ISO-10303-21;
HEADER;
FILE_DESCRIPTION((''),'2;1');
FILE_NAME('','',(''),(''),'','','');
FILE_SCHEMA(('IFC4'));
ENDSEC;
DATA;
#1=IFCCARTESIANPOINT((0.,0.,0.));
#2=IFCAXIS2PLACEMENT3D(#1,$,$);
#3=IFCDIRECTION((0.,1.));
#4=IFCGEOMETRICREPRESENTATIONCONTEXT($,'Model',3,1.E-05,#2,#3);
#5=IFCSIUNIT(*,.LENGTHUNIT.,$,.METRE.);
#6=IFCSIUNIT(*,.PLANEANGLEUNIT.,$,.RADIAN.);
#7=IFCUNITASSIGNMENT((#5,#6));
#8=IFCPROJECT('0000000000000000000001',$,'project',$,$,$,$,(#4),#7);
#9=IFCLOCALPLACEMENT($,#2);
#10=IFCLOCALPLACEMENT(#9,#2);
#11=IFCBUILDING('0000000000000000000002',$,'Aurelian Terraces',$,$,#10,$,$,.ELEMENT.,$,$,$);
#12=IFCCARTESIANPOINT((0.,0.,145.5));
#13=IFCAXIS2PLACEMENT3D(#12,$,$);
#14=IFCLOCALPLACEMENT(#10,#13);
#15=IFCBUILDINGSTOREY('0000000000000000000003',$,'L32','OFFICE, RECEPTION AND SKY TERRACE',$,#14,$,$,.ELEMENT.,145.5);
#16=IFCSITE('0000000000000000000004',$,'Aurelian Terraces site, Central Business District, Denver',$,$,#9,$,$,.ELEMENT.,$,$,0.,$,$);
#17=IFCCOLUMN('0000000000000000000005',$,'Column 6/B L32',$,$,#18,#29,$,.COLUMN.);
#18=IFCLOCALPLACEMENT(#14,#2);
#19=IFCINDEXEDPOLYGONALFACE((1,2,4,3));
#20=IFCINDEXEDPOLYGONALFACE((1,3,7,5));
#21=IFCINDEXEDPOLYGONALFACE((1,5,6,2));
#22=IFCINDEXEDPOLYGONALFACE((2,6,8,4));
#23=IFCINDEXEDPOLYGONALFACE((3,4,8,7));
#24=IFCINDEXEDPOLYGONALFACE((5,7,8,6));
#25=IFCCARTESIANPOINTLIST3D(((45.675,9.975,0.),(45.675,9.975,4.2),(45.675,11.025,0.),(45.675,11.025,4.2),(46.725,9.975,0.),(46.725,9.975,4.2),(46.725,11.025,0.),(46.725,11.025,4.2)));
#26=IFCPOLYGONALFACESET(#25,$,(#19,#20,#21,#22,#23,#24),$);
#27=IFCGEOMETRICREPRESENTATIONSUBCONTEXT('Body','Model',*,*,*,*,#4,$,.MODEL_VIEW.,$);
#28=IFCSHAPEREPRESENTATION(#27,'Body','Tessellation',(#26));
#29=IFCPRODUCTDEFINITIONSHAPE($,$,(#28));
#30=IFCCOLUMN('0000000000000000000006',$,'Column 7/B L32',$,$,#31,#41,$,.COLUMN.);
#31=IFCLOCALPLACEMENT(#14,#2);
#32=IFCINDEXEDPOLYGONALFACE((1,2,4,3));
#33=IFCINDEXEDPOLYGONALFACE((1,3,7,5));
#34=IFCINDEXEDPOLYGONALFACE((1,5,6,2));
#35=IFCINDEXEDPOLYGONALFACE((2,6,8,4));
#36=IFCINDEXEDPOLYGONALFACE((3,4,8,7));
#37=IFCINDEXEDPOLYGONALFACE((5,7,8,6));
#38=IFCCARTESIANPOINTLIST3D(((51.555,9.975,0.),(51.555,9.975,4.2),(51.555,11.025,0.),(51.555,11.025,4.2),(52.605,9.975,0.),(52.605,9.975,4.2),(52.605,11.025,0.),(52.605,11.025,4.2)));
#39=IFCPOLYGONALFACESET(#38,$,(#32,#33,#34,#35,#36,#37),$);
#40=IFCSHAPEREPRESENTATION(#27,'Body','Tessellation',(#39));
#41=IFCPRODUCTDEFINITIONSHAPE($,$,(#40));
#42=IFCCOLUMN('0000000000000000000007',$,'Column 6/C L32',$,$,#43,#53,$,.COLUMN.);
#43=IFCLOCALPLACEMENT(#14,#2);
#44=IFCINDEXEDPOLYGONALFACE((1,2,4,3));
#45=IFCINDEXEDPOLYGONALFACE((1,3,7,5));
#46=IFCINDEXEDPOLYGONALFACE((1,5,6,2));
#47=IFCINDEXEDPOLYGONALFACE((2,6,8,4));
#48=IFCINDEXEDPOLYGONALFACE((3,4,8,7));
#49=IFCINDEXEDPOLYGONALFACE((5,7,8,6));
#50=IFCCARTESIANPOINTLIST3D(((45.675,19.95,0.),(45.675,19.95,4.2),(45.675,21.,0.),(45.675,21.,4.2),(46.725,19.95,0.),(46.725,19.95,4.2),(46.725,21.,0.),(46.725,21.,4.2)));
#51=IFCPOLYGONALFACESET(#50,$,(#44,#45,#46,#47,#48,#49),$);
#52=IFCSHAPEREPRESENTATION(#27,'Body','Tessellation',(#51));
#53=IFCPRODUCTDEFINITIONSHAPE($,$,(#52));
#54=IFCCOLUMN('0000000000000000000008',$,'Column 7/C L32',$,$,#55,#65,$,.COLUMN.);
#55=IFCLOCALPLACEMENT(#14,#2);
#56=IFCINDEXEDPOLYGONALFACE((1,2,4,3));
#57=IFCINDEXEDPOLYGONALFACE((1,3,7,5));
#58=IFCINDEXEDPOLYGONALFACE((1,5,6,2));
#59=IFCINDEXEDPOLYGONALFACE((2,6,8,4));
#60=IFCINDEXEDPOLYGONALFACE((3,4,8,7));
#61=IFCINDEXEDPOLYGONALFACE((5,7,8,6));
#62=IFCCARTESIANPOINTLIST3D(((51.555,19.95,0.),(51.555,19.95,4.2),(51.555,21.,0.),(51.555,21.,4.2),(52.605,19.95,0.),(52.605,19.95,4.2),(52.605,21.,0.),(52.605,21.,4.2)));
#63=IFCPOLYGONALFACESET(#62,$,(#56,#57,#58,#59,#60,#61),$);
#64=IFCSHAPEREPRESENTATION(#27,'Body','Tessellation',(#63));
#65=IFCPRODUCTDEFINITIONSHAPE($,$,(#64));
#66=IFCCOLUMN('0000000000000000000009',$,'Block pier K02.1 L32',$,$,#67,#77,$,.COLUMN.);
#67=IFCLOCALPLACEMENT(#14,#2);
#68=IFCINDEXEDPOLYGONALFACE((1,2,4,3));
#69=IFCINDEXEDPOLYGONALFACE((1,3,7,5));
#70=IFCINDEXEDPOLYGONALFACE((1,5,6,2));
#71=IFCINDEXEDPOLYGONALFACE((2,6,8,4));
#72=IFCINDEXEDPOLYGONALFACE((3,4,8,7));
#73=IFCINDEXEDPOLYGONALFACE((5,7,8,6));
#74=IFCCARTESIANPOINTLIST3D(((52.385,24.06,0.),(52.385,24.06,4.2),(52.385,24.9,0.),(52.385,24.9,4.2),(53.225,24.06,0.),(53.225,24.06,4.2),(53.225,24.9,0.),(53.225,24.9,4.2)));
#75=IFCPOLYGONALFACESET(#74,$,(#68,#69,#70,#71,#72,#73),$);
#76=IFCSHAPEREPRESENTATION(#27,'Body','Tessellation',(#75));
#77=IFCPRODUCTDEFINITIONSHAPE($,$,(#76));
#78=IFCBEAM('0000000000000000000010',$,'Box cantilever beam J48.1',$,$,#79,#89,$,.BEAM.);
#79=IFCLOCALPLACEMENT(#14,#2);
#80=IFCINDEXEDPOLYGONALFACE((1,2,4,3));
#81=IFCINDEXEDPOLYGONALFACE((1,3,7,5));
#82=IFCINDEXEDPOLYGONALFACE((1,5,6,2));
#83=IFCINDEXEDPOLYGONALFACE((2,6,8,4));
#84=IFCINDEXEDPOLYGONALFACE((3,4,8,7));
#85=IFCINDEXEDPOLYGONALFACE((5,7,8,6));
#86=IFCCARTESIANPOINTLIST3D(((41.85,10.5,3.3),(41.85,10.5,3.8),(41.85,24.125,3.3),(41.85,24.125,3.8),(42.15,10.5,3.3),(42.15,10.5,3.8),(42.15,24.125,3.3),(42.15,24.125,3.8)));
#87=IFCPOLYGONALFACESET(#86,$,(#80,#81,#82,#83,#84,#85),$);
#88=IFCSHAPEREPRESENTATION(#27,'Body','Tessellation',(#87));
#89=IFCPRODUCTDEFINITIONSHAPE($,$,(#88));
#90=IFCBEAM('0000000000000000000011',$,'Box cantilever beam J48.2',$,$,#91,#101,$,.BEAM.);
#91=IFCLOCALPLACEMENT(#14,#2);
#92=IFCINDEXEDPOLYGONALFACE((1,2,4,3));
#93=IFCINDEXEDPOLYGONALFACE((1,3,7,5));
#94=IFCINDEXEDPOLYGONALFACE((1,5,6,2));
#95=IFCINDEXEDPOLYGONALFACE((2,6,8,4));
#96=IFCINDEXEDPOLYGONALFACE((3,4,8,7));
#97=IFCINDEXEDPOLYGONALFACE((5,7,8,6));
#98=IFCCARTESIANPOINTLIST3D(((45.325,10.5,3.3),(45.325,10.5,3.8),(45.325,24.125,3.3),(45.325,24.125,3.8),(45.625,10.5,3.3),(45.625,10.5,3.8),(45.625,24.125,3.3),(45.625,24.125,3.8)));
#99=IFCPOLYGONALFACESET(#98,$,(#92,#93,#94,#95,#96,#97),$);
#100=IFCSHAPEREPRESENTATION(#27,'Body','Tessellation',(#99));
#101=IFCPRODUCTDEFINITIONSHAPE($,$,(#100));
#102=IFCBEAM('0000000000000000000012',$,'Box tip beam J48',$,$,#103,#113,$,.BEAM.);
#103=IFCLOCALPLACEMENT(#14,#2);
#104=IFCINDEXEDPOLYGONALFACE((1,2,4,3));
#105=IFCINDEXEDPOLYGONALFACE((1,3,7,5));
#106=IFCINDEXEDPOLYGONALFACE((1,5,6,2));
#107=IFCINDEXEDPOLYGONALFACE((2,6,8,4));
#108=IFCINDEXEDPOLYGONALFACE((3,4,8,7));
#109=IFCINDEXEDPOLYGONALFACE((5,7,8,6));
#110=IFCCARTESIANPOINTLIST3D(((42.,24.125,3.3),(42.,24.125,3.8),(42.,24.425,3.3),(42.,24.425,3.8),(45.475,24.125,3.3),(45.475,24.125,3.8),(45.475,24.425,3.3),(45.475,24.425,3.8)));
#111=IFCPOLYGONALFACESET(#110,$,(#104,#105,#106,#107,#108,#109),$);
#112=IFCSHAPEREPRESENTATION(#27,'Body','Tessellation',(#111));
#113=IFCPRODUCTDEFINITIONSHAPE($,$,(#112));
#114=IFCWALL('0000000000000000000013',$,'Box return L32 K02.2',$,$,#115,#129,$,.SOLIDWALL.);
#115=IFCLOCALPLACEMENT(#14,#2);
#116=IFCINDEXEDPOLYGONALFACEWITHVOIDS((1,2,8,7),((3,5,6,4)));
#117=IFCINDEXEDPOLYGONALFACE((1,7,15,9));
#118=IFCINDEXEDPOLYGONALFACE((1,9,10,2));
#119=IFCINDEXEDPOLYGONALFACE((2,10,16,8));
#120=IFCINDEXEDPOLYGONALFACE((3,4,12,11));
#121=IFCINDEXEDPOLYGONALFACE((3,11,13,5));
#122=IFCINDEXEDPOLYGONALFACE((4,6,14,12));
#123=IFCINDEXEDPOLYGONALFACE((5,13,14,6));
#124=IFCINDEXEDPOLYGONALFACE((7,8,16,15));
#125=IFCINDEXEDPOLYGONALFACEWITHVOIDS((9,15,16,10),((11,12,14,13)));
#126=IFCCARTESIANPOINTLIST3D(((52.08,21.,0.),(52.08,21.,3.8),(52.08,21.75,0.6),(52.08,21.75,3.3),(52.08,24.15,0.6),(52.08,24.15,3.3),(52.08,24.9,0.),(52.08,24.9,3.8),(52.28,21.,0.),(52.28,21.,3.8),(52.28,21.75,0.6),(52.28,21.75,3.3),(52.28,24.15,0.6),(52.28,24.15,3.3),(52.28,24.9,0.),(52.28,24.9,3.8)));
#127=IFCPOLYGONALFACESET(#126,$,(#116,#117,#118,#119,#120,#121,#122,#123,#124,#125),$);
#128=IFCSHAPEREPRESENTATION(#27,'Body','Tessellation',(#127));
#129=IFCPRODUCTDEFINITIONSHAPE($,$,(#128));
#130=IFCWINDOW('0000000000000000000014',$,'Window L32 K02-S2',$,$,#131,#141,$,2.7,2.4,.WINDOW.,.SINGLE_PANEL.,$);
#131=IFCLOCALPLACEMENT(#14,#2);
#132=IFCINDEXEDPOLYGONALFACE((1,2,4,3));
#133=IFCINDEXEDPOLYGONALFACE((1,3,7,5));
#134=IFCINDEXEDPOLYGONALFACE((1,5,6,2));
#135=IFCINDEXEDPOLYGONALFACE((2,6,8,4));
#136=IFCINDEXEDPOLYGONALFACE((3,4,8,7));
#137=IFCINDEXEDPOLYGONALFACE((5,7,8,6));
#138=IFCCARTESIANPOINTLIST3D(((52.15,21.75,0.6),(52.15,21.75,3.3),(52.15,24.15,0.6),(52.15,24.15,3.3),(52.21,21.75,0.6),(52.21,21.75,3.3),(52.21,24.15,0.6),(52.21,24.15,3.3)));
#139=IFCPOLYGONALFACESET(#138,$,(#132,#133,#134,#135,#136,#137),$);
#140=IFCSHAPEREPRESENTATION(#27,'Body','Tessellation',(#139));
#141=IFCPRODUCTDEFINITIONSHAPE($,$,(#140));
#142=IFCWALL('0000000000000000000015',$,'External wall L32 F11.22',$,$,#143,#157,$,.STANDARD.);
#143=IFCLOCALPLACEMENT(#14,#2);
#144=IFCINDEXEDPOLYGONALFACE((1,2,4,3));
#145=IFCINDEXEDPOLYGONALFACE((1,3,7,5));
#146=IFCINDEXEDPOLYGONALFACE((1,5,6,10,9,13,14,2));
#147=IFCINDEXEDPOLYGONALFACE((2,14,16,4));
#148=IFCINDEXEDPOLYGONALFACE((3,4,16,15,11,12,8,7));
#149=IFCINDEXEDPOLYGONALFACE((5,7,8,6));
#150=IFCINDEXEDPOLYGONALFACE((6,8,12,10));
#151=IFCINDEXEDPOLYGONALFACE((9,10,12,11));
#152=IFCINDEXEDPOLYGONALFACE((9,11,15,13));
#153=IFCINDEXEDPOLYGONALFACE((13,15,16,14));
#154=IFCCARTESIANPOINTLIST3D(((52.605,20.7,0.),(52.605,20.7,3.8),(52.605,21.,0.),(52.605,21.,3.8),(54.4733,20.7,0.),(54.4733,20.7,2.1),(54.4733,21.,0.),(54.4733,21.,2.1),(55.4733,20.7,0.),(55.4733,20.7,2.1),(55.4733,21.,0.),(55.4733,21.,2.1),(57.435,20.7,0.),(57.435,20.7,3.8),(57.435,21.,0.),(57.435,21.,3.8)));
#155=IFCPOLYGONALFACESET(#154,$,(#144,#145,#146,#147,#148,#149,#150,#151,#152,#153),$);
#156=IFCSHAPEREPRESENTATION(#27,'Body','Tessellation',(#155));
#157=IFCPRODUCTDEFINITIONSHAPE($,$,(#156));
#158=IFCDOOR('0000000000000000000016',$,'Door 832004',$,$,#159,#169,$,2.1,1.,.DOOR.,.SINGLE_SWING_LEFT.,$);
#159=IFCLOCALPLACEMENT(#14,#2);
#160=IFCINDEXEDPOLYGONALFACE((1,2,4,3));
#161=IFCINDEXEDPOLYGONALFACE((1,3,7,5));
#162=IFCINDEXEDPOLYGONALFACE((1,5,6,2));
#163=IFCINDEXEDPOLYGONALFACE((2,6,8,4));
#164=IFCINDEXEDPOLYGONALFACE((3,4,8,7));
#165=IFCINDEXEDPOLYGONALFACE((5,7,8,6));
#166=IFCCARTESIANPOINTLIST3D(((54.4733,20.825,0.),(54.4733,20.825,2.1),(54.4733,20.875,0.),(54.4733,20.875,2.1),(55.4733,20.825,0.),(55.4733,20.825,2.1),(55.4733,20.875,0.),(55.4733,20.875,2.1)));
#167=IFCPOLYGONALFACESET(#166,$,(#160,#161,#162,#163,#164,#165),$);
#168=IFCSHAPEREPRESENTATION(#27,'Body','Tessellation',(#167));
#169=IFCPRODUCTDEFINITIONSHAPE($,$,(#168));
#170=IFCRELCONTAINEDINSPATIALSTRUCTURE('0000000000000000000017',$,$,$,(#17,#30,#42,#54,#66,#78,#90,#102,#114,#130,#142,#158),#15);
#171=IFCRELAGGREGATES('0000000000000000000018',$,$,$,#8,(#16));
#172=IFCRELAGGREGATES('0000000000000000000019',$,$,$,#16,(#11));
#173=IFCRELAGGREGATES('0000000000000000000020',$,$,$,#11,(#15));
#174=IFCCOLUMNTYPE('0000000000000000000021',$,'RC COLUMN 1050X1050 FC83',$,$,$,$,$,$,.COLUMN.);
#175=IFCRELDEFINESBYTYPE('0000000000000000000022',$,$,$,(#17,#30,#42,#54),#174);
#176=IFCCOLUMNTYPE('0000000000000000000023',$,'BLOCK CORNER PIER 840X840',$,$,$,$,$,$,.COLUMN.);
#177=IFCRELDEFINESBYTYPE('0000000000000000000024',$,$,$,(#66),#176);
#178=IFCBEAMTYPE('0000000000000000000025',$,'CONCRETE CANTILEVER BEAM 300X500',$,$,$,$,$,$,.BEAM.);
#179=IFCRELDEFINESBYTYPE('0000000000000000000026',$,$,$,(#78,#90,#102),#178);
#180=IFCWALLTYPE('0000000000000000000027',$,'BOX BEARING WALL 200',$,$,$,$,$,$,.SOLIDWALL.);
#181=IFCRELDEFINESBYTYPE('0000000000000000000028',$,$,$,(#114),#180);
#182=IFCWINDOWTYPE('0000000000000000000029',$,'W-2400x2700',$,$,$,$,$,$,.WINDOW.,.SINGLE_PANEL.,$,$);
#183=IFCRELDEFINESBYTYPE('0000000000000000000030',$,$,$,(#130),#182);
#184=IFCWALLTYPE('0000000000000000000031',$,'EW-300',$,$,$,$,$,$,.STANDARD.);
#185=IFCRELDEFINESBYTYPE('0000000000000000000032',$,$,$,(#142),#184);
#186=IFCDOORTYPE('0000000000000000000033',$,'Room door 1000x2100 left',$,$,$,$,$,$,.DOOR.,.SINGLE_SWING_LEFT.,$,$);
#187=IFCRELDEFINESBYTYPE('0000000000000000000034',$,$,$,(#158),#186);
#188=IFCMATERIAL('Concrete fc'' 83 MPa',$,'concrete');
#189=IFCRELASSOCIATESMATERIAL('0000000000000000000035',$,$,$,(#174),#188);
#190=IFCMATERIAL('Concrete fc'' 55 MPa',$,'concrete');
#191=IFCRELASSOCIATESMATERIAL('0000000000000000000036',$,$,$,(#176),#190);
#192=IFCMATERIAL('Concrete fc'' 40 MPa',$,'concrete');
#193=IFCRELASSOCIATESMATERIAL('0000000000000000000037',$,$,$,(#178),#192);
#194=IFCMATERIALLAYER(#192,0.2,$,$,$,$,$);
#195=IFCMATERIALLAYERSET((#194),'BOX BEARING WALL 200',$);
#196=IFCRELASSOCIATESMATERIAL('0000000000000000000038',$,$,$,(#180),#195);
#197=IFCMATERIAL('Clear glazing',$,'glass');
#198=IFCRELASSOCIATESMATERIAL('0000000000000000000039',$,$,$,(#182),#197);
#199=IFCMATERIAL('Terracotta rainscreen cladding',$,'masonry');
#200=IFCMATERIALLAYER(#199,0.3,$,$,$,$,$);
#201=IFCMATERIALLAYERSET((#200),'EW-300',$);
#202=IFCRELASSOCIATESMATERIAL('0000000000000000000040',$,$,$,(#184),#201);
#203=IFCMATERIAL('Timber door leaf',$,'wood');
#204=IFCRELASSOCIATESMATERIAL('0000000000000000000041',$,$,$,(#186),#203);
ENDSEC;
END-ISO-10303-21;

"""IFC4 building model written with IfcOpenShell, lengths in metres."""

from ifc_helpers import new_model, si_unit, direction, frame, frame_2d, origin, origin_2d, place, context, subcontext, project, spatial, rectangle, extrude, source, transform, mapped, material, layer, layer_set, material_profile, profile_set, type_object, element, fill, save


model = new_model("IFC4")

# Units and contexts
model_context = context("Model", 3, precision=1e-05, world=origin(), true_north=direction((0.0, 1.0)))
body_context = subcontext(model_context, "Body", "Model", "MODEL_VIEW")
ifc_project = project(units=[si_unit("LENGTHUNIT", "METRE"), si_unit("PLANEANGLEUNIT", "RADIAN")], contexts=[model_context])

# Site, building, storey
site_placement = place(None, origin())
site = spatial("IfcSite", under=ifc_project, at=site_placement, Name="Aurelian Terraces site, Central Business District, Denver", CompositionType="ELEMENT", RefElevation=0.0)
building_placement = place(site_placement, origin())
building = spatial("IfcBuilding", under=site, at=building_placement, Name="Aurelian Terraces", CompositionType="ELEMENT")
storey_placement = place(building_placement, frame((0.0, 0.0, 145.5)))
storey = spatial("IfcBuildingStorey", under=building, at=storey_placement, Name="L32", Description="OFFICE, RECEPTION AND SKY TERRACE", CompositionType="ELEMENT", Elevation=145.5)

# Columns
ifc_material_1 = material(Name="Concrete fc' 83 MPa", Category="concrete")
ifc_material_profile_1 = material_profile(ifc_material_1, rectangle(XDim=1.05, YDim=1.05, at=origin_2d()))
ifc_profile_set_1 = profile_set([ifc_material_profile_1], Name="Concrete fc' 83 MPa")
column_type_1 = type_object("IfcColumnType", Name="RC COLUMN 1050X1050 FC83", PredefinedType="COLUMN", material=ifc_profile_set_1)
shared_shape_1 = source(origin(), body_context, "Body", "SweptSolid", [
    extrude(rectangle(XDim=1.05, YDim=1.05, at=origin_2d()), origin(), (0.0, 0.0, 1.0), 4.2),
])
for number, where, z_axis, x_axis, name in (
    (1, (46.2, 10.5, 0.0), (0.0, 0.0, 1.0), (1.0, 0.0, 0.0), "Column 6/B L32"),
    (2, (52.08, 10.5, 0.0), (0.0, 0.0, 1.0), (1.0, 0.0, 0.0), "Column 7/B L32"),
    (3, (46.2, 20.475, 0.0), (0.0, 0.0, 1.0), (1.0, 0.0, 0.0), "Column 6/C L32"),
    (4, (52.08, 20.475, 0.0), (0.0, 0.0, 1.0), (1.0, 0.0, 0.0), "Column 7/C L32"),
):
    element("IfcColumn", number, at=place(storey_placement, frame(where, z_axis=z_axis, x_axis=x_axis)), inside=storey, type_object=column_type_1, Name=name, PredefinedType="COLUMN", context=body_context, shape_type="MappedRepresentation", body=[
        mapped(shared_shape_1, transform((0.0, 0.0, 0.0), scale=1.0)),
    ])
ifc_material_2 = material(Name="Concrete fc' 55 MPa", Category="concrete")
ifc_material_profile_2 = material_profile(ifc_material_2, rectangle(XDim=0.84, YDim=0.84, at=origin_2d()))
ifc_profile_set_2 = profile_set([ifc_material_profile_2], Name="Concrete fc' 55 MPa")
column_type_2 = type_object("IfcColumnType", Name="BLOCK CORNER PIER 840X840", PredefinedType="COLUMN", material=ifc_profile_set_2)
shared_shape_2 = source(origin(), body_context, "Body", "SweptSolid", [
    extrude(rectangle(XDim=0.84, YDim=0.84, at=origin_2d()), origin(), (0.0, 0.0, 1.0), 4.2),
])
column_placement = place(storey_placement, frame((52.805, 24.48, 0.0), z_axis=(0.0, 0.0, 1.0), x_axis=(1.0, 0.0, 0.0)))
element("IfcColumn", 5, at=column_placement, inside=storey, type_object=column_type_2, Name="Block pier K02.1 L32", PredefinedType="COLUMN", context=body_context, shape_type="MappedRepresentation", body=[
    mapped(shared_shape_2, transform((0.0, 0.0, 0.0), scale=1.0)),
])

# Beams
ifc_material_3 = material(Name="Concrete fc' 40 MPa", Category="concrete")
ifc_material_profile_3 = material_profile(ifc_material_3, rectangle(XDim=0.3, YDim=0.5, at=origin_2d()))
ifc_profile_set_3 = profile_set([ifc_material_profile_3], Name="Concrete fc' 40 MPa")
beam_type = type_object("IfcBeamType", Name="CONCRETE CANTILEVER BEAM 300X500", PredefinedType="BEAM", material=ifc_profile_set_3)
shared_shape_3 = source(origin(), body_context, "Body", "SweptSolid", [
    extrude(rectangle(XDim=0.3, YDim=0.5, at=origin_2d()), origin(), (0.0, 0.0, 1.0), 13.625),
])
for number, where, z_axis, x_axis, name in (
    (6, (42.0, 24.125, 3.55), (0.0, -1.0, 0.0), (1.0, 0.0, 0.0), "Box cantilever beam J48.1"),
    (7, (45.475, 24.125, 3.55), (0.0, -1.0, 0.0), (1.0, 0.0, 0.0), "Box cantilever beam J48.2"),
):
    element("IfcBeam", number, at=place(storey_placement, frame(where, z_axis=z_axis, x_axis=x_axis)), inside=storey, type_object=beam_type, Name=name, PredefinedType="BEAM", context=body_context, shape_type="MappedRepresentation", body=[
        mapped(shared_shape_3, transform((0.0, 0.0, 0.0), scale=1.0)),
    ])
shared_shape_4 = source(origin(), body_context, "Body", "SweptSolid", [
    extrude(rectangle(XDim=0.3, YDim=0.5, at=origin_2d()), origin(), (0.0, 0.0, 1.0), 3.475),
])
beam_placement = place(storey_placement, frame((42.0, 24.275, 3.55), z_axis=(1.0, 0.0, 0.0), x_axis=(0.0, 1.0, 0.0)))
element("IfcBeam", 8, at=beam_placement, inside=storey, type_object=beam_type, Name="Box tip beam J48", PredefinedType="BEAM", context=body_context, shape_type="MappedRepresentation", body=[
    mapped(shared_shape_4, transform((0.0, 0.0, 0.0), scale=1.0)),
])

# Wall, opening, window
ifc_layer_1 = layer(ifc_material_3, 0.2)
ifc_layer_set_1 = layer_set([ifc_layer_1], Name="BOX BEARING WALL 200")
wall_type_1 = type_object("IfcWallType", Name="BOX BEARING WALL 200", PredefinedType="SOLIDWALL", material=ifc_layer_set_1)
shared_shape_5 = source(origin(), body_context, "Body", "SweptSolid", [
    extrude(rectangle(XDim=3.9, YDim=0.2, at=frame_2d((1.95, 0.0))), origin(), (0.0, 0.0, 1.0), 3.8),
])
wall_1_placement = place(storey_placement, frame((52.18, 21.0, 0.0), z_axis=(0.0, 0.0, 1.0), x_axis=(0.0, 1.0, 0.0)))
wall_1 = element("IfcWall", 9, at=wall_1_placement, inside=storey, type_object=wall_type_1, Name="Box return L32 K02.2", PredefinedType="SOLIDWALL", context=body_context, shape_type="MappedRepresentation", body=[
    mapped(shared_shape_5, transform((0.0, 0.0, 0.0), scale=1.0)),
])
shared_shape_6 = source(origin(), body_context, "Body", "SweptSolid", [
    extrude(rectangle(XDim=2.4, YDim=2.7, at=frame_2d((1.2, 1.35))), frame((0.0, 0.11, 0.0), z_axis=(0.0, -1.0, 0.0), x_axis=(1.0, 0.0, 0.0)), (0.0, 0.0, 1.0), 0.22),
])
opening_1_placement = place(wall_1_placement, frame((0.75, 0.0, 0.6)))
opening_1 = element("IfcOpeningElement", 10, at=opening_1_placement, cuts=wall_1, PredefinedType="OPENING", context=body_context, shape_type="MappedRepresentation", body=[
    mapped(shared_shape_6, transform((0.0, 0.0, 0.0), scale=1.0)),
])
ifc_material_4 = material(Name="Clear glazing", Category="glass")
window_type = type_object("IfcWindowType", Name="W-2400x2700", PartitioningType="SINGLE_PANEL", PredefinedType="WINDOW", material=ifc_material_4)
shared_shape_7 = source(origin(), body_context, "Body", "SweptSolid", [
    extrude(rectangle(XDim=2.4, YDim=2.7, at=frame_2d((1.2, 1.35))), frame((0.0, 0.03, 0.0), z_axis=(0.0, -1.0, 0.0), x_axis=(1.0, 0.0, 0.0)), (0.0, 0.0, 1.0), 0.06),
])
window_1_placement = place(opening_1_placement, origin())
window_1 = element("IfcWindow", 11, at=window_1_placement, inside=storey, type_object=window_type, Name="Window L32 K02-S2", OverallHeight=2.7, OverallWidth=2.4, PartitioningType="SINGLE_PANEL", PredefinedType="WINDOW", context=body_context, shape_type="MappedRepresentation", body=[
    mapped(shared_shape_7, transform((0.0, 0.0, 0.0), scale=1.0)),
])
fill(opening_1, window_1)

# Wall, opening, door
ifc_material_5 = material(Name="Terracotta rainscreen cladding", Category="masonry")
ifc_layer_2 = layer(ifc_material_5, 0.3)
ifc_layer_set_2 = layer_set([ifc_layer_2], Name="EW-300")
wall_type_2 = type_object("IfcWallType", Name="EW-300", PredefinedType="STANDARD", material=ifc_layer_set_2)
shared_shape_8 = source(origin(), body_context, "Body", "SweptSolid", [
    extrude(rectangle(XDim=4.83, YDim=0.3, at=frame_2d((2.415, 0.0))), origin(), (0.0, 0.0, 1.0), 3.8),
])
wall_2_placement = place(storey_placement, frame((57.435, 20.85, 0.0), z_axis=(0.0, 0.0, 1.0), x_axis=(-1.0, 0.0, 0.0)))
wall_2 = element("IfcWall", 12, at=wall_2_placement, inside=storey, type_object=wall_type_2, Name="External wall L32 F11.22", PredefinedType="STANDARD", context=body_context, shape_type="MappedRepresentation", body=[
    mapped(shared_shape_8, transform((0.0, 0.0, 0.0), scale=1.0)),
])
shared_shape_9 = source(origin(), body_context, "Body", "SweptSolid", [
    extrude(rectangle(XDim=1.0, YDim=2.1, at=frame_2d((0.5, 1.05))), frame((0.0, 0.16, 0.0), z_axis=(0.0, -1.0, 0.0), x_axis=(1.0, 0.0, 0.0)), (0.0, 0.0, 1.0), 0.32),
])
opening_2_placement = place(wall_2_placement, frame((1.9617, 0.0, 0.0)))
opening_2 = element("IfcOpeningElement", 13, at=opening_2_placement, cuts=wall_2, PredefinedType="OPENING", context=body_context, shape_type="MappedRepresentation", body=[
    mapped(shared_shape_9, transform((0.0, 0.0, 0.0), scale=1.0)),
])
ifc_material_6 = material(Name="Timber door leaf", Category="wood")
door_type_1 = type_object("IfcDoorType", Name="Room door 1000x2100 left", OperationType="SINGLE_SWING_LEFT", PredefinedType="DOOR", material=ifc_material_6)
shared_shape_10 = source(origin(), body_context, "Body", "SweptSolid", [
    extrude(rectangle(XDim=1.0, YDim=2.1, at=frame_2d((0.5, 1.05))), frame((0.0, 0.025, 0.0), z_axis=(0.0, -1.0, 0.0), x_axis=(1.0, 0.0, 0.0)), (0.0, 0.0, 1.0), 0.05),
])
door_1_placement = place(opening_2_placement, origin())
door_1 = element("IfcDoor", 14, at=door_1_placement, inside=storey, type_object=door_type_1, Name="Door 832004", OperationType="SINGLE_SWING_LEFT", OverallHeight=2.1, OverallWidth=1.0, PredefinedType="DOOR", context=body_context, shape_type="MappedRepresentation", body=[
    mapped(shared_shape_10, transform((0.0, 0.0, 0.0), scale=1.0)),
])
fill(opening_2, door_1)

save(model, "model.ifc")
